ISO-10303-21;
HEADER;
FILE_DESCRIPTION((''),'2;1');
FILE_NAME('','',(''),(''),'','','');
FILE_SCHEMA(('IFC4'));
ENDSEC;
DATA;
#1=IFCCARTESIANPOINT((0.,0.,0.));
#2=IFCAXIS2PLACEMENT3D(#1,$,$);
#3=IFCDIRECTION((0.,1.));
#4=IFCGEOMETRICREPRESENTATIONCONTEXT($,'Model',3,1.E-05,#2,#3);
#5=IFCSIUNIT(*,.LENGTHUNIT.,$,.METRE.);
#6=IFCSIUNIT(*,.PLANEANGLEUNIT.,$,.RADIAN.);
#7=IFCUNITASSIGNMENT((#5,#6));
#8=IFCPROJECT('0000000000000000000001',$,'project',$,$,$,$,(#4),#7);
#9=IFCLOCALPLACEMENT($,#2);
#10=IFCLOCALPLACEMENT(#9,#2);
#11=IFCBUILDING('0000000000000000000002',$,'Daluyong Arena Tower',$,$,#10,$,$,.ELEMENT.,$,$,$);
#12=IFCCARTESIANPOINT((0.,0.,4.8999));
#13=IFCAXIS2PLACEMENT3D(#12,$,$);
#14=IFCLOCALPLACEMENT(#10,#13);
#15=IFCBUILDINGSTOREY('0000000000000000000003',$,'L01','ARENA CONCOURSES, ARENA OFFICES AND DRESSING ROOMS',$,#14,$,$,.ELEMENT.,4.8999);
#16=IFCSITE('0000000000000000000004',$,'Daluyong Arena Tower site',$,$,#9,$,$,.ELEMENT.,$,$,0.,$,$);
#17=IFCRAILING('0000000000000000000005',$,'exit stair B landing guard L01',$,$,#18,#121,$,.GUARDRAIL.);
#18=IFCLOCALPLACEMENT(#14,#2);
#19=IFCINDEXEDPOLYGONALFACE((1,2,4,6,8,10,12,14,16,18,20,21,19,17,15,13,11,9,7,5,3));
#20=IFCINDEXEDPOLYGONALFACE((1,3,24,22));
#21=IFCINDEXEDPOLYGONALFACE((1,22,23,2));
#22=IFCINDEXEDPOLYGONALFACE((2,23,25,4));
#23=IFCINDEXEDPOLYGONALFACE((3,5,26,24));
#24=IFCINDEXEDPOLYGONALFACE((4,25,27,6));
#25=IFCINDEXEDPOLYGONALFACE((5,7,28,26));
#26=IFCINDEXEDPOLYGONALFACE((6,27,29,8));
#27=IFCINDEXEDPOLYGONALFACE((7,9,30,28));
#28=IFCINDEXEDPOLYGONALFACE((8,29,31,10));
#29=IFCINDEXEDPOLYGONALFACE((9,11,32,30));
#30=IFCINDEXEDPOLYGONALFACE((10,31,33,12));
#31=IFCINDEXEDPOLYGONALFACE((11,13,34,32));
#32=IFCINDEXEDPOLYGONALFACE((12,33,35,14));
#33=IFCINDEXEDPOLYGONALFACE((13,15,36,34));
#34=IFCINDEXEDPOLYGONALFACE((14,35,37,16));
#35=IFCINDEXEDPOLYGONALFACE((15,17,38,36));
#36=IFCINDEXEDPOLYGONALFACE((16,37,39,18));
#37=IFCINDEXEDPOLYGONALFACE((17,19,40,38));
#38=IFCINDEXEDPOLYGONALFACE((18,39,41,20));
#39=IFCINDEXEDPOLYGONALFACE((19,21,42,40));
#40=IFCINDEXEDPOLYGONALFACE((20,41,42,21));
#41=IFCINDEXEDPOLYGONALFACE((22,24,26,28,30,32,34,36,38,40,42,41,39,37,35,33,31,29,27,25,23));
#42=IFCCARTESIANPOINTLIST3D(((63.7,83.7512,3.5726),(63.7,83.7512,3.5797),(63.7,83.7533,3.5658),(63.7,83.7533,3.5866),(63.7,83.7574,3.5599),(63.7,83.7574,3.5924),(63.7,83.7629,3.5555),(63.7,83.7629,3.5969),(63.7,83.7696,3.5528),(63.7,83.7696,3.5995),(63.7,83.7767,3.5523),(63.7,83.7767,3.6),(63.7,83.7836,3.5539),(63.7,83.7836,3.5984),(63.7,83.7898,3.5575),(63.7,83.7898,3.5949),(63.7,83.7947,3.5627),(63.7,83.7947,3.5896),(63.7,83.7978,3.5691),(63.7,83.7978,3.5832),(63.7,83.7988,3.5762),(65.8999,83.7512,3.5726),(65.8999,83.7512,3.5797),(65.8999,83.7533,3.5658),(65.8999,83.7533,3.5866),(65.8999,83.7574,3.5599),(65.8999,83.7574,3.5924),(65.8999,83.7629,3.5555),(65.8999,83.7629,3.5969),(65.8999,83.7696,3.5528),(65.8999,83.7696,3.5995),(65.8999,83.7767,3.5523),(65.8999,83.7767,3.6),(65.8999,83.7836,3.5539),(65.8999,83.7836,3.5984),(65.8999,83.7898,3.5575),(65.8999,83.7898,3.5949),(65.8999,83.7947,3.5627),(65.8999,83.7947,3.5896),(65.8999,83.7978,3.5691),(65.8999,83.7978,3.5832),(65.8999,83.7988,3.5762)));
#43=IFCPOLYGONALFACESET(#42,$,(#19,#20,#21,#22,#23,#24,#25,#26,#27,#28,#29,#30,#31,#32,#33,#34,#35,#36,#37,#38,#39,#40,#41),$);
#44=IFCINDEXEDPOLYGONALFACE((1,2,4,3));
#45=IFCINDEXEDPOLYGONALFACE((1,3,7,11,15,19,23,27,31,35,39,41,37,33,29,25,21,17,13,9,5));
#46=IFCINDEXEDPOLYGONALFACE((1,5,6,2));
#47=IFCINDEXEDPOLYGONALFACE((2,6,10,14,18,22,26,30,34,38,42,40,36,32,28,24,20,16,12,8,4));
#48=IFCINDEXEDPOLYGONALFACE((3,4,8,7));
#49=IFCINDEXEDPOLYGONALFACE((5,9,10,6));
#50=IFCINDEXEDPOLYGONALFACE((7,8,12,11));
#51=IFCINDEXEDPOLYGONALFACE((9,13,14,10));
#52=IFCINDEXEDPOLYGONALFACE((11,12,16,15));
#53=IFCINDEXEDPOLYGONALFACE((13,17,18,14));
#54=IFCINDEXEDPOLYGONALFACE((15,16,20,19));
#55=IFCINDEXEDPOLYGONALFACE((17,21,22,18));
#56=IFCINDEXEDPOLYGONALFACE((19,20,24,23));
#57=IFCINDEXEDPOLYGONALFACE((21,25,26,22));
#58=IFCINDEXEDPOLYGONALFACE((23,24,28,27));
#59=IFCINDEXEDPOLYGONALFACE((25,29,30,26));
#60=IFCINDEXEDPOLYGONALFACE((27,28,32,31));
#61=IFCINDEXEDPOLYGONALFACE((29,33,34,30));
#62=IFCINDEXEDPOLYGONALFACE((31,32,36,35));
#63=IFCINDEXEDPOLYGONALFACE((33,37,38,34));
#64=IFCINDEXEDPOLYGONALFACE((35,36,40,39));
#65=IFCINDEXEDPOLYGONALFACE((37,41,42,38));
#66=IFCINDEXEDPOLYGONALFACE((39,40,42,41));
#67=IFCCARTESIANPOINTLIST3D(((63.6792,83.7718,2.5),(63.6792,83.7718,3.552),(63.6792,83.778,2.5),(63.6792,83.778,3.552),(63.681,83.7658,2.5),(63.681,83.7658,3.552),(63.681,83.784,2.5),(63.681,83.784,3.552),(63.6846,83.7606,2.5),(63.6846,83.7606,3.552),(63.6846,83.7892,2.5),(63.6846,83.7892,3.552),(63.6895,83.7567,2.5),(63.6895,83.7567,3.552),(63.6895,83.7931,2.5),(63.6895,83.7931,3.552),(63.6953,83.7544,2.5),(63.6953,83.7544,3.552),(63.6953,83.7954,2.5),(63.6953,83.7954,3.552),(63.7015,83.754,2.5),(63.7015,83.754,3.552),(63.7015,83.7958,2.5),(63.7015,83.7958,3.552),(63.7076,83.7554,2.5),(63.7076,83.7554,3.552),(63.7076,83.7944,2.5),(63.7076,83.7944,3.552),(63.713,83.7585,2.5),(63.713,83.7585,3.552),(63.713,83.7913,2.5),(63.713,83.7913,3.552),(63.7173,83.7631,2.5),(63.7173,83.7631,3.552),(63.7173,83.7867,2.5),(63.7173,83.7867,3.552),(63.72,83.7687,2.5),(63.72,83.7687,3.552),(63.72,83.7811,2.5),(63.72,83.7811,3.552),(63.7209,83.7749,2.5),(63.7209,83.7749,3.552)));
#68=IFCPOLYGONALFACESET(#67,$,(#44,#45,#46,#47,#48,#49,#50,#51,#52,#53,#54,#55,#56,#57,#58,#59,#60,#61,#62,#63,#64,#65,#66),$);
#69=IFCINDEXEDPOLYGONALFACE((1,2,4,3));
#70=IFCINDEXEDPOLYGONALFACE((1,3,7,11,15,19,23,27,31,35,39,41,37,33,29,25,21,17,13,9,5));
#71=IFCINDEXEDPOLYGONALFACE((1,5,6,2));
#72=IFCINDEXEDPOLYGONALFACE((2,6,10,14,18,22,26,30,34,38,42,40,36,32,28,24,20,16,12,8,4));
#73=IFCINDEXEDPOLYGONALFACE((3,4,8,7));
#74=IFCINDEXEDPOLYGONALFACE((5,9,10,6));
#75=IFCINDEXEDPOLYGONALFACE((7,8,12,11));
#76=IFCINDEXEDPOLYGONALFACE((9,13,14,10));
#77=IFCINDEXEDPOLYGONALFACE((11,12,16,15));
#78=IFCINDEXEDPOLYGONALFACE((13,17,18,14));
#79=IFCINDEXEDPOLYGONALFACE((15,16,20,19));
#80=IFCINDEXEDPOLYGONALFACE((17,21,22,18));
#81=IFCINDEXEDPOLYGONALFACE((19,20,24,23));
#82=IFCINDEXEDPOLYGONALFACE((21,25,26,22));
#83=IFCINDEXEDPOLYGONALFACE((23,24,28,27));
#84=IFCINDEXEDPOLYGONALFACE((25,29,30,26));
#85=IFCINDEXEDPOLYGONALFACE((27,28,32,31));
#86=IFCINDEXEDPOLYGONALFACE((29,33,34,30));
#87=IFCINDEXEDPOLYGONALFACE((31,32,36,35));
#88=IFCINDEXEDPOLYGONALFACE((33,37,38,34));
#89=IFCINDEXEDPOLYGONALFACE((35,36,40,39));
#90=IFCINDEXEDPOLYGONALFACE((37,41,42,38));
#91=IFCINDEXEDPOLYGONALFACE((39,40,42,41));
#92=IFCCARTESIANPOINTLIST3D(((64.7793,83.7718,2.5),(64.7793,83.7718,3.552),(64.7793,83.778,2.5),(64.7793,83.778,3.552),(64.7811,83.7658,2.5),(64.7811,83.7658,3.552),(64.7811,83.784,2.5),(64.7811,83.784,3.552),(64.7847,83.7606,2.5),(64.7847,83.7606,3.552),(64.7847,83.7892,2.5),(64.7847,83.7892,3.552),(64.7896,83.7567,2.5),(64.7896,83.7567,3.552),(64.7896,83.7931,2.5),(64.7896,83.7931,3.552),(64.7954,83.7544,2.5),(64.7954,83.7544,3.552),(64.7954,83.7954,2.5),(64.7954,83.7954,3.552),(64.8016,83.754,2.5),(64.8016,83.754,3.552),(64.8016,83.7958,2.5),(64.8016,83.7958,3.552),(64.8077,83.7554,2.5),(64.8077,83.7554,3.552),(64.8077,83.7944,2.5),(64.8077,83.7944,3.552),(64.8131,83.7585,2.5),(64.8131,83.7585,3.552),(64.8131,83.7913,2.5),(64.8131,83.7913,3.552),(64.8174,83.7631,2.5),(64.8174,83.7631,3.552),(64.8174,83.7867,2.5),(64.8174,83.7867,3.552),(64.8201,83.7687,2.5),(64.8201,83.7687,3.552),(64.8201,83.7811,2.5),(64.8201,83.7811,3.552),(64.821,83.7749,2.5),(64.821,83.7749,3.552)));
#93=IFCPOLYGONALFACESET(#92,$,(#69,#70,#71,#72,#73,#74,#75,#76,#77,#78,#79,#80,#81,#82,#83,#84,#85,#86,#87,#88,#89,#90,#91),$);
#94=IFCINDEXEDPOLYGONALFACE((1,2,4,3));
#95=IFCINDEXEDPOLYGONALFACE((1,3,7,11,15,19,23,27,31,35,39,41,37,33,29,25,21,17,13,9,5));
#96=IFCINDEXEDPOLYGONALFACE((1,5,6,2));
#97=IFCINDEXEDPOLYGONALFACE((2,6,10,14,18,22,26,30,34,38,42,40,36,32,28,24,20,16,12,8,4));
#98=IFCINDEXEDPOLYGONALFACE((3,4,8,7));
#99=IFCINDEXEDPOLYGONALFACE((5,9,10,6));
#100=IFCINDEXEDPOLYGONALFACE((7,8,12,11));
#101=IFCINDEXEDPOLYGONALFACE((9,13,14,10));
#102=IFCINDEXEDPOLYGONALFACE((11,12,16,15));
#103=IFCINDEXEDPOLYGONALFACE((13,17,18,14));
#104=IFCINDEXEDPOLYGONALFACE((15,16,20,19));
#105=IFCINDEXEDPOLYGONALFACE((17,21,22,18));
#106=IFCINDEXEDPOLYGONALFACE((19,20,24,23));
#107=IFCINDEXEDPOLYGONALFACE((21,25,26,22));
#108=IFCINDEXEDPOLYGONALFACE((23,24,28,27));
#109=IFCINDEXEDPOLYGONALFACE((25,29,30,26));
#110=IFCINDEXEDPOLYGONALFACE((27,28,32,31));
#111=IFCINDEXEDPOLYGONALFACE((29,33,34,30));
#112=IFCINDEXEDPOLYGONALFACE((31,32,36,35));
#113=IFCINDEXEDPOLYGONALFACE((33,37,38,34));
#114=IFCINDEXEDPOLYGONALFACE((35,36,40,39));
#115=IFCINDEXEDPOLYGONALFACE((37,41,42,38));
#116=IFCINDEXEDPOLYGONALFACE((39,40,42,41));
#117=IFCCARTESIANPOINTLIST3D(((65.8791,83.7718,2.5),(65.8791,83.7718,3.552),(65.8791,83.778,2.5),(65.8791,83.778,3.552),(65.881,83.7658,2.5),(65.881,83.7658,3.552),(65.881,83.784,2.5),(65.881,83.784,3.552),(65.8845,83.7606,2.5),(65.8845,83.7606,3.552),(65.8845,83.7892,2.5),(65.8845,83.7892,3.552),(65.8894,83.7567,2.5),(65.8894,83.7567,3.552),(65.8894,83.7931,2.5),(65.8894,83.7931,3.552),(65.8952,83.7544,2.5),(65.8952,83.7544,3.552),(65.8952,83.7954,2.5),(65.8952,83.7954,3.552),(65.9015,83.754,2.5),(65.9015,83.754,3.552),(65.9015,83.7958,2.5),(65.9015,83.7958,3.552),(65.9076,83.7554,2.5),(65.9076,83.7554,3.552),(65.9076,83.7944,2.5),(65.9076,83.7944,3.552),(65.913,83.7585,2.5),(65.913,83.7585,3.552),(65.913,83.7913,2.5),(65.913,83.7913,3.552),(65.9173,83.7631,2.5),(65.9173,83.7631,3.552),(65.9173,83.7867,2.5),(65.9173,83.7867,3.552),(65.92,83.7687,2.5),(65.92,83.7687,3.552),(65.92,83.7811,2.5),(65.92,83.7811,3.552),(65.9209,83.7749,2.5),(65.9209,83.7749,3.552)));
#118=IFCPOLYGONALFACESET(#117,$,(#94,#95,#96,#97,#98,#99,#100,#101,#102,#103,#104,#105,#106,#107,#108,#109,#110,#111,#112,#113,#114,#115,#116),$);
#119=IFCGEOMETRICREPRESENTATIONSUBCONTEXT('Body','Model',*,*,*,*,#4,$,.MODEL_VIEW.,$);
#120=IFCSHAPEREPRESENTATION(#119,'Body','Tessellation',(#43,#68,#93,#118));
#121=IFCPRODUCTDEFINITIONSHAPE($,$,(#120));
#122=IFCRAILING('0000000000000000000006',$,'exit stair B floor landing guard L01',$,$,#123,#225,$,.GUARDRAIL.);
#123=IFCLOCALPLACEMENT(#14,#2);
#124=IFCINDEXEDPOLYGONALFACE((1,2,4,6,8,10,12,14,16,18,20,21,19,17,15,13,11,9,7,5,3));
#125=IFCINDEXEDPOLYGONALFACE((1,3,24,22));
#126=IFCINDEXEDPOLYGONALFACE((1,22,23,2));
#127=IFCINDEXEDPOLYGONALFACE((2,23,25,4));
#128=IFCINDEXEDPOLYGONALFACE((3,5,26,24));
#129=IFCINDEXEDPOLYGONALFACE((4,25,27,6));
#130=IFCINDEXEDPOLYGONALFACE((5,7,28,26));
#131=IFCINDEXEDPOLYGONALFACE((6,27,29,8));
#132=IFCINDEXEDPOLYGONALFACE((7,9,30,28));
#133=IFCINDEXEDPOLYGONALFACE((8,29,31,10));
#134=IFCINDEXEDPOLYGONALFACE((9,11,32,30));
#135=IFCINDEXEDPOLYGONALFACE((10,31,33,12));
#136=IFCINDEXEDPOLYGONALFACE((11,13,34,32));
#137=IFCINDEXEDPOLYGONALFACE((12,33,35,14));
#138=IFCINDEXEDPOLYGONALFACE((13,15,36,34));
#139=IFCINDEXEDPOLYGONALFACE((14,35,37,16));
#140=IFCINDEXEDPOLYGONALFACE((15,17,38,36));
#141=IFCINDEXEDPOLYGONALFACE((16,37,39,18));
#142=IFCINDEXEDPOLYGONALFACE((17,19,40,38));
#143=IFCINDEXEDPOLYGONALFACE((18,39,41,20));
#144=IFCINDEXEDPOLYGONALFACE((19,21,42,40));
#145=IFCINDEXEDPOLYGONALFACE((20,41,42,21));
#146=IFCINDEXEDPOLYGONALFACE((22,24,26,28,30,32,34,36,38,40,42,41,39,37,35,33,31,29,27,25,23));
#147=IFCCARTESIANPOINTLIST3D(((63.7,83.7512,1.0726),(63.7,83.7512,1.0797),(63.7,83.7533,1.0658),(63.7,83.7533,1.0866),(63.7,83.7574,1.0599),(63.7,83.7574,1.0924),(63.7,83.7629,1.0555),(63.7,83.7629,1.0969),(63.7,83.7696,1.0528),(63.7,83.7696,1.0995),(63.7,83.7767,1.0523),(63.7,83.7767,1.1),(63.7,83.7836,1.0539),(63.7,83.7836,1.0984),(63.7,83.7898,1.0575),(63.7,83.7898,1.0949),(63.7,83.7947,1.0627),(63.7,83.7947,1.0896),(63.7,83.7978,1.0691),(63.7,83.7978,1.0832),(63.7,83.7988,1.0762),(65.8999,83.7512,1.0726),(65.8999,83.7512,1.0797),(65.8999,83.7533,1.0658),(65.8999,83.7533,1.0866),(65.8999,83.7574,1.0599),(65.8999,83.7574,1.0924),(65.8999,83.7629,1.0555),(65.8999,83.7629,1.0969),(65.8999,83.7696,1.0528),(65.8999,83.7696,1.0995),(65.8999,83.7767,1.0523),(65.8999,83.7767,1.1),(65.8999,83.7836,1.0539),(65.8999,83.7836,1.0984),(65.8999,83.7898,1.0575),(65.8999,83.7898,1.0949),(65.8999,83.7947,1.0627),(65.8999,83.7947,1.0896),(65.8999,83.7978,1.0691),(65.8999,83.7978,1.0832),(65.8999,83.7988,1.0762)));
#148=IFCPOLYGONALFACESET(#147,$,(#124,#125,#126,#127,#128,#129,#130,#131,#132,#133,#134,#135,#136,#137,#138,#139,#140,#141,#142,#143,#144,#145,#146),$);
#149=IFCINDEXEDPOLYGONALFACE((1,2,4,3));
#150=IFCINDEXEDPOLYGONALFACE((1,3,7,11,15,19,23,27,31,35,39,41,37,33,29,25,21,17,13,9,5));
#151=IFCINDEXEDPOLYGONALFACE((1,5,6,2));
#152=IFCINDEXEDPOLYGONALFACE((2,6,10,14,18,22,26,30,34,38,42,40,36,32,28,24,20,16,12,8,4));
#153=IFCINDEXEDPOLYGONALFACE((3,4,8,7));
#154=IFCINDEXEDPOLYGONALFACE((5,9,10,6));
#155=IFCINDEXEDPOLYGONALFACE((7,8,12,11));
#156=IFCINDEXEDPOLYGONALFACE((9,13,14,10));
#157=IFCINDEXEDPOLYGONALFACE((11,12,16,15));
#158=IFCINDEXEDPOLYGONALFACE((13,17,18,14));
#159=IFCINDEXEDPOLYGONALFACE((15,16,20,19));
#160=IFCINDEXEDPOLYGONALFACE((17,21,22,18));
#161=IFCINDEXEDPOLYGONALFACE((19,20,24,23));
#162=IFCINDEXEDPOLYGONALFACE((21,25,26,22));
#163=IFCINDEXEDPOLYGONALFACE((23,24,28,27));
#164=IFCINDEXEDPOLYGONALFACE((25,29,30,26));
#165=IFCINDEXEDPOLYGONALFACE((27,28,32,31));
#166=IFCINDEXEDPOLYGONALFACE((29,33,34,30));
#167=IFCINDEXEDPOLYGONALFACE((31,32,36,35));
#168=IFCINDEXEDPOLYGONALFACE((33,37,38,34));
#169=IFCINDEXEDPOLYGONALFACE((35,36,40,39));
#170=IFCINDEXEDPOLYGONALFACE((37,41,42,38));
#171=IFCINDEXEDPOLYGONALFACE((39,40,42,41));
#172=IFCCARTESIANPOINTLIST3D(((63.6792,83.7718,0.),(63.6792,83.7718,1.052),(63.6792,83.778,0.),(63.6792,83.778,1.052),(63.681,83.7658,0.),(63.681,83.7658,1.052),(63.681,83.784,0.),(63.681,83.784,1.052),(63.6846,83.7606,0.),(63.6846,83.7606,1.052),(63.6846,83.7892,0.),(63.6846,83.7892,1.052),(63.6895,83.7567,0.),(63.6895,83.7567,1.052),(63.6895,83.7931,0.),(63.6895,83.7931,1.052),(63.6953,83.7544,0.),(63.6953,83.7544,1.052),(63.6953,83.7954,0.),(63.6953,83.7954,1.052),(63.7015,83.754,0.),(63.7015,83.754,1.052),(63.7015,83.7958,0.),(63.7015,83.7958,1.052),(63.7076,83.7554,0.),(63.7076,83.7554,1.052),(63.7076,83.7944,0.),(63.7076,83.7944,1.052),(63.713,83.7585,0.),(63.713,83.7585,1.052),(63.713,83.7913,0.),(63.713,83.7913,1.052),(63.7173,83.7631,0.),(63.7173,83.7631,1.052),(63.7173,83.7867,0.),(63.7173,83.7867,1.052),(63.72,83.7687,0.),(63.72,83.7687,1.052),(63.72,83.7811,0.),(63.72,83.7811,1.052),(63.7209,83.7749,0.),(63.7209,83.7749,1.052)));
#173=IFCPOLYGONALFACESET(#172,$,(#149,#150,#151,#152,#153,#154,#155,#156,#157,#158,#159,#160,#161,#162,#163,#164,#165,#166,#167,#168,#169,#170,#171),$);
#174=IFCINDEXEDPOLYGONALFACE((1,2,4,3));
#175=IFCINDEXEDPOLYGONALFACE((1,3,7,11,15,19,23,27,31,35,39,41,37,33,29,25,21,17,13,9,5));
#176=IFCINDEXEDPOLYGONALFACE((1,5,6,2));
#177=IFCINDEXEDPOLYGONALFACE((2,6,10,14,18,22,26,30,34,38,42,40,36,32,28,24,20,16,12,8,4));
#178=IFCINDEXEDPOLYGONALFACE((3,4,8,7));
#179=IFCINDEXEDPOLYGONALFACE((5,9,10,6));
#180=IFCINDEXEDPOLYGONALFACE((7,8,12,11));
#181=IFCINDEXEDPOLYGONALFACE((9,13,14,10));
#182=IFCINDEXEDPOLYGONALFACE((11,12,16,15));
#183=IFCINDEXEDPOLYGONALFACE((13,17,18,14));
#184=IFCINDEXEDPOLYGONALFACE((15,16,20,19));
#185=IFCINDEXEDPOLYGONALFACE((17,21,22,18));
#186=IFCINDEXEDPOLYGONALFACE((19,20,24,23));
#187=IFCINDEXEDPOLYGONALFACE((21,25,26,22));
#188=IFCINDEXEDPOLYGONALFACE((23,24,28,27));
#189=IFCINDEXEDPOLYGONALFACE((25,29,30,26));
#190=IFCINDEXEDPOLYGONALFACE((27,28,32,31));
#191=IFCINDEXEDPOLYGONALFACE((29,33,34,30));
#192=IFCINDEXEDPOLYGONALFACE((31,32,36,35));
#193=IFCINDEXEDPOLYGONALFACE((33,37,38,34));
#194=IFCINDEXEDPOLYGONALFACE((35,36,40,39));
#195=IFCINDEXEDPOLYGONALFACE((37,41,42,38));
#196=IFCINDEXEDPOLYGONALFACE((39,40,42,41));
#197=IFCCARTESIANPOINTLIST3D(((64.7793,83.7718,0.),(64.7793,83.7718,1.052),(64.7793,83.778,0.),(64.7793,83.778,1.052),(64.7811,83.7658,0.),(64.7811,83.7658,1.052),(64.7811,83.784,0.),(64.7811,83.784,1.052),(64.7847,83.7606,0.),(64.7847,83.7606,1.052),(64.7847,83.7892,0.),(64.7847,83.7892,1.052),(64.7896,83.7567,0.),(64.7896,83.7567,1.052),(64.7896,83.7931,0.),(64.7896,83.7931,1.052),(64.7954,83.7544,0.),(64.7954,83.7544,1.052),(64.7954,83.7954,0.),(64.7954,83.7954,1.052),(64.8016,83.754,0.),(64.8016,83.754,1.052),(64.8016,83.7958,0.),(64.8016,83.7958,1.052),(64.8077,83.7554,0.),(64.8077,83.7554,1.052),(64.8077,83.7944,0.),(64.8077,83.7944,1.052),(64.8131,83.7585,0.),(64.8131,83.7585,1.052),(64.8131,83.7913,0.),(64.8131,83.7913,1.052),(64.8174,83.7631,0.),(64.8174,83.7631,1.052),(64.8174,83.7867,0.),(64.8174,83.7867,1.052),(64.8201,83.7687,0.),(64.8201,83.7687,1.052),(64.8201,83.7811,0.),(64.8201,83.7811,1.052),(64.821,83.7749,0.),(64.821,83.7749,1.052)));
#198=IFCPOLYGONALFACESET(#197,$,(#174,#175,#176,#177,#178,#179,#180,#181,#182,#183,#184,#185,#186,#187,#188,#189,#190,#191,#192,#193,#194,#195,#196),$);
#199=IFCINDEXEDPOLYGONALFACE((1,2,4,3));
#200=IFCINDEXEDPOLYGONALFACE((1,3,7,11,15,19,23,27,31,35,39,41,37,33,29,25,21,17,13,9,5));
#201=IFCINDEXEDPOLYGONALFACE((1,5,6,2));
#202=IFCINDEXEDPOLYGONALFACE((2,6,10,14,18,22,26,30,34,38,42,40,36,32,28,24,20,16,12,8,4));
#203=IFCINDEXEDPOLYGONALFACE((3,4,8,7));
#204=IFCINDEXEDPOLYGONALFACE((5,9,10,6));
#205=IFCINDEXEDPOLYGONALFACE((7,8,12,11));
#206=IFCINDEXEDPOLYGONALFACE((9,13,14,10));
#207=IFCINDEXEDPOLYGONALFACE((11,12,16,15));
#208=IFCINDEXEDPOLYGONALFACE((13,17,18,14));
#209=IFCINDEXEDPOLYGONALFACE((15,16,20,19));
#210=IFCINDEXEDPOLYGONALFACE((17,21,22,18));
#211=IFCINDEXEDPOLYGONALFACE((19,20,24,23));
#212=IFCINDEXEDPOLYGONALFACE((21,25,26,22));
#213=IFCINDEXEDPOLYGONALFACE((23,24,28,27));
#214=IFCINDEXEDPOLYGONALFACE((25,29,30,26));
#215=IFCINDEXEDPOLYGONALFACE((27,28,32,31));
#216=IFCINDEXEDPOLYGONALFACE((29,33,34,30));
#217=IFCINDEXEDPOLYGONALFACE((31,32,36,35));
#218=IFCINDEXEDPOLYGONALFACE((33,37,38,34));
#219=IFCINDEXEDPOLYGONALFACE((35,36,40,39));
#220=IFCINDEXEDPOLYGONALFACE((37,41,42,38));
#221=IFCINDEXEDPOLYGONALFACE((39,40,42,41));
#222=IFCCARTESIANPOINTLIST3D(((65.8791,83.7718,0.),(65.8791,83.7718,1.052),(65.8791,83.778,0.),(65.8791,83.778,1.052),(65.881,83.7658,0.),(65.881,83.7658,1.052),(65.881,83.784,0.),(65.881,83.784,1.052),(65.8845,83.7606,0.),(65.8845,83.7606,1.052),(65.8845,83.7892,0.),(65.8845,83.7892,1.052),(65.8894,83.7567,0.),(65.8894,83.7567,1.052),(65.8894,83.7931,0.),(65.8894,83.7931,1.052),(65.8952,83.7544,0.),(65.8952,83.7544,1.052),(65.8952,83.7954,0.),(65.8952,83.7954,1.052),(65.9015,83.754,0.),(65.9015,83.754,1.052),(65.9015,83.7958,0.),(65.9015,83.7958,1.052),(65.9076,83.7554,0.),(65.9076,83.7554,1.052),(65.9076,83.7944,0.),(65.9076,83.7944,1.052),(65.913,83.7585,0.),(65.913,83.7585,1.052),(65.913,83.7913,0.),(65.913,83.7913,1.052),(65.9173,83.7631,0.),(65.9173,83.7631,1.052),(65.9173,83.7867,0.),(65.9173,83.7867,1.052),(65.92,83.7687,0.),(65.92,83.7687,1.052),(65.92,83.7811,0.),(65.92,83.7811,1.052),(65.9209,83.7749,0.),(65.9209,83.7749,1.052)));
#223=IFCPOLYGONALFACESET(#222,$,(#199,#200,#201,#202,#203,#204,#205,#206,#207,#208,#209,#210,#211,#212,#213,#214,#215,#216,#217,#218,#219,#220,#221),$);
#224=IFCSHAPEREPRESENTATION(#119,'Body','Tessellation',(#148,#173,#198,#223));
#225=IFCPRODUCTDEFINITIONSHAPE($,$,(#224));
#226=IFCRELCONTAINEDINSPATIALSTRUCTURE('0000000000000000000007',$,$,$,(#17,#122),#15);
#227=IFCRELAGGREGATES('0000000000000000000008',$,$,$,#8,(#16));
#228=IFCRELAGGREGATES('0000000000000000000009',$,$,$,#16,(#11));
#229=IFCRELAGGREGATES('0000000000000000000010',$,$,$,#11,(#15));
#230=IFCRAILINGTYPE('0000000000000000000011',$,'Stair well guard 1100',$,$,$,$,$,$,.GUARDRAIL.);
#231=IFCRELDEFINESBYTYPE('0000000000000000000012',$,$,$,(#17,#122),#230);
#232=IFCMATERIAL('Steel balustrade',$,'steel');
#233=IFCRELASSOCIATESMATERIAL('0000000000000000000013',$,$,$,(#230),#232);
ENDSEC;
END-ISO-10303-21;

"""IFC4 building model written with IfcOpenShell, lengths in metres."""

from ifc_helpers import new_model, si_unit, direction, frame, origin, origin_2d, place, context, subcontext, project, spatial, circle, extrude, material, type_object, element, save


model = new_model("IFC4")

# Units and contexts
model_context = context("Model", 3, precision=1e-05, world=origin(), true_north=direction((0.0, 1.0)))
body_context = subcontext(model_context, "Body", "Model", "MODEL_VIEW")
ifc_project = project(units=[si_unit("LENGTHUNIT", "METRE"), si_unit("PLANEANGLEUNIT", "RADIAN")], contexts=[model_context])

# Site, building, storey
site_placement = place(None, origin())
site = spatial("IfcSite", under=ifc_project, at=site_placement, Name="Daluyong Arena Tower site", CompositionType="ELEMENT", RefElevation=0.0)
building_placement = place(site_placement, origin())
building = spatial("IfcBuilding", under=site, at=building_placement, Name="Daluyong Arena Tower", CompositionType="ELEMENT")
storey_placement = place(building_placement, frame((0.0, 0.0, 4.8999)))
storey = spatial("IfcBuildingStorey", under=building, at=storey_placement, Name="L01", Description="ARENA CONCOURSES, ARENA OFFICES AND DRESSING ROOMS", CompositionType="ELEMENT", Elevation=4.8999)

# Railings
ifc_material_1 = material(Name="Steel balustrade", Category="steel")
railing_type = type_object("IfcRailingType", Name="Stair well guard 1100", PredefinedType="GUARDRAIL", material=ifc_material_1)
for number, where, name in (
    (1, (63.7, 83.7749, 2.5), "exit stair B landing guard L01"),
    (2, (63.7, 83.7749, 0.0), "exit stair B floor landing guard L01"),
):
    element("IfcRailing", number, at=place(storey_placement, frame(where)), inside=storey, type_object=railing_type, Name=name, PredefinedType="GUARDRAIL", context=body_context, shape_type="SweptSolid", body=[
        extrude(circle(Radius=0.0239, at=origin_2d()), frame((0.0, 0.0, 1.0762), z_axis=(1.0, 0.0, 0.0), x_axis=(0.0, 1.0, 0.0)), (0.0, 0.0, 1.0), 2.2),
        extrude(circle(Radius=0.021, at=origin_2d()), origin(), (0.0, 0.0, 1.0), 1.052),
        extrude(circle(Radius=0.021, at=origin_2d()), frame((1.1001, 0.0, 0.0)), (0.0, 0.0, 1.0), 1.052),
        extrude(circle(Radius=0.021, at=origin_2d()), frame((2.2, 0.0, 0.0)), (0.0, 0.0, 1.0), 1.052),
    ])

save(model, "model.ifc")
